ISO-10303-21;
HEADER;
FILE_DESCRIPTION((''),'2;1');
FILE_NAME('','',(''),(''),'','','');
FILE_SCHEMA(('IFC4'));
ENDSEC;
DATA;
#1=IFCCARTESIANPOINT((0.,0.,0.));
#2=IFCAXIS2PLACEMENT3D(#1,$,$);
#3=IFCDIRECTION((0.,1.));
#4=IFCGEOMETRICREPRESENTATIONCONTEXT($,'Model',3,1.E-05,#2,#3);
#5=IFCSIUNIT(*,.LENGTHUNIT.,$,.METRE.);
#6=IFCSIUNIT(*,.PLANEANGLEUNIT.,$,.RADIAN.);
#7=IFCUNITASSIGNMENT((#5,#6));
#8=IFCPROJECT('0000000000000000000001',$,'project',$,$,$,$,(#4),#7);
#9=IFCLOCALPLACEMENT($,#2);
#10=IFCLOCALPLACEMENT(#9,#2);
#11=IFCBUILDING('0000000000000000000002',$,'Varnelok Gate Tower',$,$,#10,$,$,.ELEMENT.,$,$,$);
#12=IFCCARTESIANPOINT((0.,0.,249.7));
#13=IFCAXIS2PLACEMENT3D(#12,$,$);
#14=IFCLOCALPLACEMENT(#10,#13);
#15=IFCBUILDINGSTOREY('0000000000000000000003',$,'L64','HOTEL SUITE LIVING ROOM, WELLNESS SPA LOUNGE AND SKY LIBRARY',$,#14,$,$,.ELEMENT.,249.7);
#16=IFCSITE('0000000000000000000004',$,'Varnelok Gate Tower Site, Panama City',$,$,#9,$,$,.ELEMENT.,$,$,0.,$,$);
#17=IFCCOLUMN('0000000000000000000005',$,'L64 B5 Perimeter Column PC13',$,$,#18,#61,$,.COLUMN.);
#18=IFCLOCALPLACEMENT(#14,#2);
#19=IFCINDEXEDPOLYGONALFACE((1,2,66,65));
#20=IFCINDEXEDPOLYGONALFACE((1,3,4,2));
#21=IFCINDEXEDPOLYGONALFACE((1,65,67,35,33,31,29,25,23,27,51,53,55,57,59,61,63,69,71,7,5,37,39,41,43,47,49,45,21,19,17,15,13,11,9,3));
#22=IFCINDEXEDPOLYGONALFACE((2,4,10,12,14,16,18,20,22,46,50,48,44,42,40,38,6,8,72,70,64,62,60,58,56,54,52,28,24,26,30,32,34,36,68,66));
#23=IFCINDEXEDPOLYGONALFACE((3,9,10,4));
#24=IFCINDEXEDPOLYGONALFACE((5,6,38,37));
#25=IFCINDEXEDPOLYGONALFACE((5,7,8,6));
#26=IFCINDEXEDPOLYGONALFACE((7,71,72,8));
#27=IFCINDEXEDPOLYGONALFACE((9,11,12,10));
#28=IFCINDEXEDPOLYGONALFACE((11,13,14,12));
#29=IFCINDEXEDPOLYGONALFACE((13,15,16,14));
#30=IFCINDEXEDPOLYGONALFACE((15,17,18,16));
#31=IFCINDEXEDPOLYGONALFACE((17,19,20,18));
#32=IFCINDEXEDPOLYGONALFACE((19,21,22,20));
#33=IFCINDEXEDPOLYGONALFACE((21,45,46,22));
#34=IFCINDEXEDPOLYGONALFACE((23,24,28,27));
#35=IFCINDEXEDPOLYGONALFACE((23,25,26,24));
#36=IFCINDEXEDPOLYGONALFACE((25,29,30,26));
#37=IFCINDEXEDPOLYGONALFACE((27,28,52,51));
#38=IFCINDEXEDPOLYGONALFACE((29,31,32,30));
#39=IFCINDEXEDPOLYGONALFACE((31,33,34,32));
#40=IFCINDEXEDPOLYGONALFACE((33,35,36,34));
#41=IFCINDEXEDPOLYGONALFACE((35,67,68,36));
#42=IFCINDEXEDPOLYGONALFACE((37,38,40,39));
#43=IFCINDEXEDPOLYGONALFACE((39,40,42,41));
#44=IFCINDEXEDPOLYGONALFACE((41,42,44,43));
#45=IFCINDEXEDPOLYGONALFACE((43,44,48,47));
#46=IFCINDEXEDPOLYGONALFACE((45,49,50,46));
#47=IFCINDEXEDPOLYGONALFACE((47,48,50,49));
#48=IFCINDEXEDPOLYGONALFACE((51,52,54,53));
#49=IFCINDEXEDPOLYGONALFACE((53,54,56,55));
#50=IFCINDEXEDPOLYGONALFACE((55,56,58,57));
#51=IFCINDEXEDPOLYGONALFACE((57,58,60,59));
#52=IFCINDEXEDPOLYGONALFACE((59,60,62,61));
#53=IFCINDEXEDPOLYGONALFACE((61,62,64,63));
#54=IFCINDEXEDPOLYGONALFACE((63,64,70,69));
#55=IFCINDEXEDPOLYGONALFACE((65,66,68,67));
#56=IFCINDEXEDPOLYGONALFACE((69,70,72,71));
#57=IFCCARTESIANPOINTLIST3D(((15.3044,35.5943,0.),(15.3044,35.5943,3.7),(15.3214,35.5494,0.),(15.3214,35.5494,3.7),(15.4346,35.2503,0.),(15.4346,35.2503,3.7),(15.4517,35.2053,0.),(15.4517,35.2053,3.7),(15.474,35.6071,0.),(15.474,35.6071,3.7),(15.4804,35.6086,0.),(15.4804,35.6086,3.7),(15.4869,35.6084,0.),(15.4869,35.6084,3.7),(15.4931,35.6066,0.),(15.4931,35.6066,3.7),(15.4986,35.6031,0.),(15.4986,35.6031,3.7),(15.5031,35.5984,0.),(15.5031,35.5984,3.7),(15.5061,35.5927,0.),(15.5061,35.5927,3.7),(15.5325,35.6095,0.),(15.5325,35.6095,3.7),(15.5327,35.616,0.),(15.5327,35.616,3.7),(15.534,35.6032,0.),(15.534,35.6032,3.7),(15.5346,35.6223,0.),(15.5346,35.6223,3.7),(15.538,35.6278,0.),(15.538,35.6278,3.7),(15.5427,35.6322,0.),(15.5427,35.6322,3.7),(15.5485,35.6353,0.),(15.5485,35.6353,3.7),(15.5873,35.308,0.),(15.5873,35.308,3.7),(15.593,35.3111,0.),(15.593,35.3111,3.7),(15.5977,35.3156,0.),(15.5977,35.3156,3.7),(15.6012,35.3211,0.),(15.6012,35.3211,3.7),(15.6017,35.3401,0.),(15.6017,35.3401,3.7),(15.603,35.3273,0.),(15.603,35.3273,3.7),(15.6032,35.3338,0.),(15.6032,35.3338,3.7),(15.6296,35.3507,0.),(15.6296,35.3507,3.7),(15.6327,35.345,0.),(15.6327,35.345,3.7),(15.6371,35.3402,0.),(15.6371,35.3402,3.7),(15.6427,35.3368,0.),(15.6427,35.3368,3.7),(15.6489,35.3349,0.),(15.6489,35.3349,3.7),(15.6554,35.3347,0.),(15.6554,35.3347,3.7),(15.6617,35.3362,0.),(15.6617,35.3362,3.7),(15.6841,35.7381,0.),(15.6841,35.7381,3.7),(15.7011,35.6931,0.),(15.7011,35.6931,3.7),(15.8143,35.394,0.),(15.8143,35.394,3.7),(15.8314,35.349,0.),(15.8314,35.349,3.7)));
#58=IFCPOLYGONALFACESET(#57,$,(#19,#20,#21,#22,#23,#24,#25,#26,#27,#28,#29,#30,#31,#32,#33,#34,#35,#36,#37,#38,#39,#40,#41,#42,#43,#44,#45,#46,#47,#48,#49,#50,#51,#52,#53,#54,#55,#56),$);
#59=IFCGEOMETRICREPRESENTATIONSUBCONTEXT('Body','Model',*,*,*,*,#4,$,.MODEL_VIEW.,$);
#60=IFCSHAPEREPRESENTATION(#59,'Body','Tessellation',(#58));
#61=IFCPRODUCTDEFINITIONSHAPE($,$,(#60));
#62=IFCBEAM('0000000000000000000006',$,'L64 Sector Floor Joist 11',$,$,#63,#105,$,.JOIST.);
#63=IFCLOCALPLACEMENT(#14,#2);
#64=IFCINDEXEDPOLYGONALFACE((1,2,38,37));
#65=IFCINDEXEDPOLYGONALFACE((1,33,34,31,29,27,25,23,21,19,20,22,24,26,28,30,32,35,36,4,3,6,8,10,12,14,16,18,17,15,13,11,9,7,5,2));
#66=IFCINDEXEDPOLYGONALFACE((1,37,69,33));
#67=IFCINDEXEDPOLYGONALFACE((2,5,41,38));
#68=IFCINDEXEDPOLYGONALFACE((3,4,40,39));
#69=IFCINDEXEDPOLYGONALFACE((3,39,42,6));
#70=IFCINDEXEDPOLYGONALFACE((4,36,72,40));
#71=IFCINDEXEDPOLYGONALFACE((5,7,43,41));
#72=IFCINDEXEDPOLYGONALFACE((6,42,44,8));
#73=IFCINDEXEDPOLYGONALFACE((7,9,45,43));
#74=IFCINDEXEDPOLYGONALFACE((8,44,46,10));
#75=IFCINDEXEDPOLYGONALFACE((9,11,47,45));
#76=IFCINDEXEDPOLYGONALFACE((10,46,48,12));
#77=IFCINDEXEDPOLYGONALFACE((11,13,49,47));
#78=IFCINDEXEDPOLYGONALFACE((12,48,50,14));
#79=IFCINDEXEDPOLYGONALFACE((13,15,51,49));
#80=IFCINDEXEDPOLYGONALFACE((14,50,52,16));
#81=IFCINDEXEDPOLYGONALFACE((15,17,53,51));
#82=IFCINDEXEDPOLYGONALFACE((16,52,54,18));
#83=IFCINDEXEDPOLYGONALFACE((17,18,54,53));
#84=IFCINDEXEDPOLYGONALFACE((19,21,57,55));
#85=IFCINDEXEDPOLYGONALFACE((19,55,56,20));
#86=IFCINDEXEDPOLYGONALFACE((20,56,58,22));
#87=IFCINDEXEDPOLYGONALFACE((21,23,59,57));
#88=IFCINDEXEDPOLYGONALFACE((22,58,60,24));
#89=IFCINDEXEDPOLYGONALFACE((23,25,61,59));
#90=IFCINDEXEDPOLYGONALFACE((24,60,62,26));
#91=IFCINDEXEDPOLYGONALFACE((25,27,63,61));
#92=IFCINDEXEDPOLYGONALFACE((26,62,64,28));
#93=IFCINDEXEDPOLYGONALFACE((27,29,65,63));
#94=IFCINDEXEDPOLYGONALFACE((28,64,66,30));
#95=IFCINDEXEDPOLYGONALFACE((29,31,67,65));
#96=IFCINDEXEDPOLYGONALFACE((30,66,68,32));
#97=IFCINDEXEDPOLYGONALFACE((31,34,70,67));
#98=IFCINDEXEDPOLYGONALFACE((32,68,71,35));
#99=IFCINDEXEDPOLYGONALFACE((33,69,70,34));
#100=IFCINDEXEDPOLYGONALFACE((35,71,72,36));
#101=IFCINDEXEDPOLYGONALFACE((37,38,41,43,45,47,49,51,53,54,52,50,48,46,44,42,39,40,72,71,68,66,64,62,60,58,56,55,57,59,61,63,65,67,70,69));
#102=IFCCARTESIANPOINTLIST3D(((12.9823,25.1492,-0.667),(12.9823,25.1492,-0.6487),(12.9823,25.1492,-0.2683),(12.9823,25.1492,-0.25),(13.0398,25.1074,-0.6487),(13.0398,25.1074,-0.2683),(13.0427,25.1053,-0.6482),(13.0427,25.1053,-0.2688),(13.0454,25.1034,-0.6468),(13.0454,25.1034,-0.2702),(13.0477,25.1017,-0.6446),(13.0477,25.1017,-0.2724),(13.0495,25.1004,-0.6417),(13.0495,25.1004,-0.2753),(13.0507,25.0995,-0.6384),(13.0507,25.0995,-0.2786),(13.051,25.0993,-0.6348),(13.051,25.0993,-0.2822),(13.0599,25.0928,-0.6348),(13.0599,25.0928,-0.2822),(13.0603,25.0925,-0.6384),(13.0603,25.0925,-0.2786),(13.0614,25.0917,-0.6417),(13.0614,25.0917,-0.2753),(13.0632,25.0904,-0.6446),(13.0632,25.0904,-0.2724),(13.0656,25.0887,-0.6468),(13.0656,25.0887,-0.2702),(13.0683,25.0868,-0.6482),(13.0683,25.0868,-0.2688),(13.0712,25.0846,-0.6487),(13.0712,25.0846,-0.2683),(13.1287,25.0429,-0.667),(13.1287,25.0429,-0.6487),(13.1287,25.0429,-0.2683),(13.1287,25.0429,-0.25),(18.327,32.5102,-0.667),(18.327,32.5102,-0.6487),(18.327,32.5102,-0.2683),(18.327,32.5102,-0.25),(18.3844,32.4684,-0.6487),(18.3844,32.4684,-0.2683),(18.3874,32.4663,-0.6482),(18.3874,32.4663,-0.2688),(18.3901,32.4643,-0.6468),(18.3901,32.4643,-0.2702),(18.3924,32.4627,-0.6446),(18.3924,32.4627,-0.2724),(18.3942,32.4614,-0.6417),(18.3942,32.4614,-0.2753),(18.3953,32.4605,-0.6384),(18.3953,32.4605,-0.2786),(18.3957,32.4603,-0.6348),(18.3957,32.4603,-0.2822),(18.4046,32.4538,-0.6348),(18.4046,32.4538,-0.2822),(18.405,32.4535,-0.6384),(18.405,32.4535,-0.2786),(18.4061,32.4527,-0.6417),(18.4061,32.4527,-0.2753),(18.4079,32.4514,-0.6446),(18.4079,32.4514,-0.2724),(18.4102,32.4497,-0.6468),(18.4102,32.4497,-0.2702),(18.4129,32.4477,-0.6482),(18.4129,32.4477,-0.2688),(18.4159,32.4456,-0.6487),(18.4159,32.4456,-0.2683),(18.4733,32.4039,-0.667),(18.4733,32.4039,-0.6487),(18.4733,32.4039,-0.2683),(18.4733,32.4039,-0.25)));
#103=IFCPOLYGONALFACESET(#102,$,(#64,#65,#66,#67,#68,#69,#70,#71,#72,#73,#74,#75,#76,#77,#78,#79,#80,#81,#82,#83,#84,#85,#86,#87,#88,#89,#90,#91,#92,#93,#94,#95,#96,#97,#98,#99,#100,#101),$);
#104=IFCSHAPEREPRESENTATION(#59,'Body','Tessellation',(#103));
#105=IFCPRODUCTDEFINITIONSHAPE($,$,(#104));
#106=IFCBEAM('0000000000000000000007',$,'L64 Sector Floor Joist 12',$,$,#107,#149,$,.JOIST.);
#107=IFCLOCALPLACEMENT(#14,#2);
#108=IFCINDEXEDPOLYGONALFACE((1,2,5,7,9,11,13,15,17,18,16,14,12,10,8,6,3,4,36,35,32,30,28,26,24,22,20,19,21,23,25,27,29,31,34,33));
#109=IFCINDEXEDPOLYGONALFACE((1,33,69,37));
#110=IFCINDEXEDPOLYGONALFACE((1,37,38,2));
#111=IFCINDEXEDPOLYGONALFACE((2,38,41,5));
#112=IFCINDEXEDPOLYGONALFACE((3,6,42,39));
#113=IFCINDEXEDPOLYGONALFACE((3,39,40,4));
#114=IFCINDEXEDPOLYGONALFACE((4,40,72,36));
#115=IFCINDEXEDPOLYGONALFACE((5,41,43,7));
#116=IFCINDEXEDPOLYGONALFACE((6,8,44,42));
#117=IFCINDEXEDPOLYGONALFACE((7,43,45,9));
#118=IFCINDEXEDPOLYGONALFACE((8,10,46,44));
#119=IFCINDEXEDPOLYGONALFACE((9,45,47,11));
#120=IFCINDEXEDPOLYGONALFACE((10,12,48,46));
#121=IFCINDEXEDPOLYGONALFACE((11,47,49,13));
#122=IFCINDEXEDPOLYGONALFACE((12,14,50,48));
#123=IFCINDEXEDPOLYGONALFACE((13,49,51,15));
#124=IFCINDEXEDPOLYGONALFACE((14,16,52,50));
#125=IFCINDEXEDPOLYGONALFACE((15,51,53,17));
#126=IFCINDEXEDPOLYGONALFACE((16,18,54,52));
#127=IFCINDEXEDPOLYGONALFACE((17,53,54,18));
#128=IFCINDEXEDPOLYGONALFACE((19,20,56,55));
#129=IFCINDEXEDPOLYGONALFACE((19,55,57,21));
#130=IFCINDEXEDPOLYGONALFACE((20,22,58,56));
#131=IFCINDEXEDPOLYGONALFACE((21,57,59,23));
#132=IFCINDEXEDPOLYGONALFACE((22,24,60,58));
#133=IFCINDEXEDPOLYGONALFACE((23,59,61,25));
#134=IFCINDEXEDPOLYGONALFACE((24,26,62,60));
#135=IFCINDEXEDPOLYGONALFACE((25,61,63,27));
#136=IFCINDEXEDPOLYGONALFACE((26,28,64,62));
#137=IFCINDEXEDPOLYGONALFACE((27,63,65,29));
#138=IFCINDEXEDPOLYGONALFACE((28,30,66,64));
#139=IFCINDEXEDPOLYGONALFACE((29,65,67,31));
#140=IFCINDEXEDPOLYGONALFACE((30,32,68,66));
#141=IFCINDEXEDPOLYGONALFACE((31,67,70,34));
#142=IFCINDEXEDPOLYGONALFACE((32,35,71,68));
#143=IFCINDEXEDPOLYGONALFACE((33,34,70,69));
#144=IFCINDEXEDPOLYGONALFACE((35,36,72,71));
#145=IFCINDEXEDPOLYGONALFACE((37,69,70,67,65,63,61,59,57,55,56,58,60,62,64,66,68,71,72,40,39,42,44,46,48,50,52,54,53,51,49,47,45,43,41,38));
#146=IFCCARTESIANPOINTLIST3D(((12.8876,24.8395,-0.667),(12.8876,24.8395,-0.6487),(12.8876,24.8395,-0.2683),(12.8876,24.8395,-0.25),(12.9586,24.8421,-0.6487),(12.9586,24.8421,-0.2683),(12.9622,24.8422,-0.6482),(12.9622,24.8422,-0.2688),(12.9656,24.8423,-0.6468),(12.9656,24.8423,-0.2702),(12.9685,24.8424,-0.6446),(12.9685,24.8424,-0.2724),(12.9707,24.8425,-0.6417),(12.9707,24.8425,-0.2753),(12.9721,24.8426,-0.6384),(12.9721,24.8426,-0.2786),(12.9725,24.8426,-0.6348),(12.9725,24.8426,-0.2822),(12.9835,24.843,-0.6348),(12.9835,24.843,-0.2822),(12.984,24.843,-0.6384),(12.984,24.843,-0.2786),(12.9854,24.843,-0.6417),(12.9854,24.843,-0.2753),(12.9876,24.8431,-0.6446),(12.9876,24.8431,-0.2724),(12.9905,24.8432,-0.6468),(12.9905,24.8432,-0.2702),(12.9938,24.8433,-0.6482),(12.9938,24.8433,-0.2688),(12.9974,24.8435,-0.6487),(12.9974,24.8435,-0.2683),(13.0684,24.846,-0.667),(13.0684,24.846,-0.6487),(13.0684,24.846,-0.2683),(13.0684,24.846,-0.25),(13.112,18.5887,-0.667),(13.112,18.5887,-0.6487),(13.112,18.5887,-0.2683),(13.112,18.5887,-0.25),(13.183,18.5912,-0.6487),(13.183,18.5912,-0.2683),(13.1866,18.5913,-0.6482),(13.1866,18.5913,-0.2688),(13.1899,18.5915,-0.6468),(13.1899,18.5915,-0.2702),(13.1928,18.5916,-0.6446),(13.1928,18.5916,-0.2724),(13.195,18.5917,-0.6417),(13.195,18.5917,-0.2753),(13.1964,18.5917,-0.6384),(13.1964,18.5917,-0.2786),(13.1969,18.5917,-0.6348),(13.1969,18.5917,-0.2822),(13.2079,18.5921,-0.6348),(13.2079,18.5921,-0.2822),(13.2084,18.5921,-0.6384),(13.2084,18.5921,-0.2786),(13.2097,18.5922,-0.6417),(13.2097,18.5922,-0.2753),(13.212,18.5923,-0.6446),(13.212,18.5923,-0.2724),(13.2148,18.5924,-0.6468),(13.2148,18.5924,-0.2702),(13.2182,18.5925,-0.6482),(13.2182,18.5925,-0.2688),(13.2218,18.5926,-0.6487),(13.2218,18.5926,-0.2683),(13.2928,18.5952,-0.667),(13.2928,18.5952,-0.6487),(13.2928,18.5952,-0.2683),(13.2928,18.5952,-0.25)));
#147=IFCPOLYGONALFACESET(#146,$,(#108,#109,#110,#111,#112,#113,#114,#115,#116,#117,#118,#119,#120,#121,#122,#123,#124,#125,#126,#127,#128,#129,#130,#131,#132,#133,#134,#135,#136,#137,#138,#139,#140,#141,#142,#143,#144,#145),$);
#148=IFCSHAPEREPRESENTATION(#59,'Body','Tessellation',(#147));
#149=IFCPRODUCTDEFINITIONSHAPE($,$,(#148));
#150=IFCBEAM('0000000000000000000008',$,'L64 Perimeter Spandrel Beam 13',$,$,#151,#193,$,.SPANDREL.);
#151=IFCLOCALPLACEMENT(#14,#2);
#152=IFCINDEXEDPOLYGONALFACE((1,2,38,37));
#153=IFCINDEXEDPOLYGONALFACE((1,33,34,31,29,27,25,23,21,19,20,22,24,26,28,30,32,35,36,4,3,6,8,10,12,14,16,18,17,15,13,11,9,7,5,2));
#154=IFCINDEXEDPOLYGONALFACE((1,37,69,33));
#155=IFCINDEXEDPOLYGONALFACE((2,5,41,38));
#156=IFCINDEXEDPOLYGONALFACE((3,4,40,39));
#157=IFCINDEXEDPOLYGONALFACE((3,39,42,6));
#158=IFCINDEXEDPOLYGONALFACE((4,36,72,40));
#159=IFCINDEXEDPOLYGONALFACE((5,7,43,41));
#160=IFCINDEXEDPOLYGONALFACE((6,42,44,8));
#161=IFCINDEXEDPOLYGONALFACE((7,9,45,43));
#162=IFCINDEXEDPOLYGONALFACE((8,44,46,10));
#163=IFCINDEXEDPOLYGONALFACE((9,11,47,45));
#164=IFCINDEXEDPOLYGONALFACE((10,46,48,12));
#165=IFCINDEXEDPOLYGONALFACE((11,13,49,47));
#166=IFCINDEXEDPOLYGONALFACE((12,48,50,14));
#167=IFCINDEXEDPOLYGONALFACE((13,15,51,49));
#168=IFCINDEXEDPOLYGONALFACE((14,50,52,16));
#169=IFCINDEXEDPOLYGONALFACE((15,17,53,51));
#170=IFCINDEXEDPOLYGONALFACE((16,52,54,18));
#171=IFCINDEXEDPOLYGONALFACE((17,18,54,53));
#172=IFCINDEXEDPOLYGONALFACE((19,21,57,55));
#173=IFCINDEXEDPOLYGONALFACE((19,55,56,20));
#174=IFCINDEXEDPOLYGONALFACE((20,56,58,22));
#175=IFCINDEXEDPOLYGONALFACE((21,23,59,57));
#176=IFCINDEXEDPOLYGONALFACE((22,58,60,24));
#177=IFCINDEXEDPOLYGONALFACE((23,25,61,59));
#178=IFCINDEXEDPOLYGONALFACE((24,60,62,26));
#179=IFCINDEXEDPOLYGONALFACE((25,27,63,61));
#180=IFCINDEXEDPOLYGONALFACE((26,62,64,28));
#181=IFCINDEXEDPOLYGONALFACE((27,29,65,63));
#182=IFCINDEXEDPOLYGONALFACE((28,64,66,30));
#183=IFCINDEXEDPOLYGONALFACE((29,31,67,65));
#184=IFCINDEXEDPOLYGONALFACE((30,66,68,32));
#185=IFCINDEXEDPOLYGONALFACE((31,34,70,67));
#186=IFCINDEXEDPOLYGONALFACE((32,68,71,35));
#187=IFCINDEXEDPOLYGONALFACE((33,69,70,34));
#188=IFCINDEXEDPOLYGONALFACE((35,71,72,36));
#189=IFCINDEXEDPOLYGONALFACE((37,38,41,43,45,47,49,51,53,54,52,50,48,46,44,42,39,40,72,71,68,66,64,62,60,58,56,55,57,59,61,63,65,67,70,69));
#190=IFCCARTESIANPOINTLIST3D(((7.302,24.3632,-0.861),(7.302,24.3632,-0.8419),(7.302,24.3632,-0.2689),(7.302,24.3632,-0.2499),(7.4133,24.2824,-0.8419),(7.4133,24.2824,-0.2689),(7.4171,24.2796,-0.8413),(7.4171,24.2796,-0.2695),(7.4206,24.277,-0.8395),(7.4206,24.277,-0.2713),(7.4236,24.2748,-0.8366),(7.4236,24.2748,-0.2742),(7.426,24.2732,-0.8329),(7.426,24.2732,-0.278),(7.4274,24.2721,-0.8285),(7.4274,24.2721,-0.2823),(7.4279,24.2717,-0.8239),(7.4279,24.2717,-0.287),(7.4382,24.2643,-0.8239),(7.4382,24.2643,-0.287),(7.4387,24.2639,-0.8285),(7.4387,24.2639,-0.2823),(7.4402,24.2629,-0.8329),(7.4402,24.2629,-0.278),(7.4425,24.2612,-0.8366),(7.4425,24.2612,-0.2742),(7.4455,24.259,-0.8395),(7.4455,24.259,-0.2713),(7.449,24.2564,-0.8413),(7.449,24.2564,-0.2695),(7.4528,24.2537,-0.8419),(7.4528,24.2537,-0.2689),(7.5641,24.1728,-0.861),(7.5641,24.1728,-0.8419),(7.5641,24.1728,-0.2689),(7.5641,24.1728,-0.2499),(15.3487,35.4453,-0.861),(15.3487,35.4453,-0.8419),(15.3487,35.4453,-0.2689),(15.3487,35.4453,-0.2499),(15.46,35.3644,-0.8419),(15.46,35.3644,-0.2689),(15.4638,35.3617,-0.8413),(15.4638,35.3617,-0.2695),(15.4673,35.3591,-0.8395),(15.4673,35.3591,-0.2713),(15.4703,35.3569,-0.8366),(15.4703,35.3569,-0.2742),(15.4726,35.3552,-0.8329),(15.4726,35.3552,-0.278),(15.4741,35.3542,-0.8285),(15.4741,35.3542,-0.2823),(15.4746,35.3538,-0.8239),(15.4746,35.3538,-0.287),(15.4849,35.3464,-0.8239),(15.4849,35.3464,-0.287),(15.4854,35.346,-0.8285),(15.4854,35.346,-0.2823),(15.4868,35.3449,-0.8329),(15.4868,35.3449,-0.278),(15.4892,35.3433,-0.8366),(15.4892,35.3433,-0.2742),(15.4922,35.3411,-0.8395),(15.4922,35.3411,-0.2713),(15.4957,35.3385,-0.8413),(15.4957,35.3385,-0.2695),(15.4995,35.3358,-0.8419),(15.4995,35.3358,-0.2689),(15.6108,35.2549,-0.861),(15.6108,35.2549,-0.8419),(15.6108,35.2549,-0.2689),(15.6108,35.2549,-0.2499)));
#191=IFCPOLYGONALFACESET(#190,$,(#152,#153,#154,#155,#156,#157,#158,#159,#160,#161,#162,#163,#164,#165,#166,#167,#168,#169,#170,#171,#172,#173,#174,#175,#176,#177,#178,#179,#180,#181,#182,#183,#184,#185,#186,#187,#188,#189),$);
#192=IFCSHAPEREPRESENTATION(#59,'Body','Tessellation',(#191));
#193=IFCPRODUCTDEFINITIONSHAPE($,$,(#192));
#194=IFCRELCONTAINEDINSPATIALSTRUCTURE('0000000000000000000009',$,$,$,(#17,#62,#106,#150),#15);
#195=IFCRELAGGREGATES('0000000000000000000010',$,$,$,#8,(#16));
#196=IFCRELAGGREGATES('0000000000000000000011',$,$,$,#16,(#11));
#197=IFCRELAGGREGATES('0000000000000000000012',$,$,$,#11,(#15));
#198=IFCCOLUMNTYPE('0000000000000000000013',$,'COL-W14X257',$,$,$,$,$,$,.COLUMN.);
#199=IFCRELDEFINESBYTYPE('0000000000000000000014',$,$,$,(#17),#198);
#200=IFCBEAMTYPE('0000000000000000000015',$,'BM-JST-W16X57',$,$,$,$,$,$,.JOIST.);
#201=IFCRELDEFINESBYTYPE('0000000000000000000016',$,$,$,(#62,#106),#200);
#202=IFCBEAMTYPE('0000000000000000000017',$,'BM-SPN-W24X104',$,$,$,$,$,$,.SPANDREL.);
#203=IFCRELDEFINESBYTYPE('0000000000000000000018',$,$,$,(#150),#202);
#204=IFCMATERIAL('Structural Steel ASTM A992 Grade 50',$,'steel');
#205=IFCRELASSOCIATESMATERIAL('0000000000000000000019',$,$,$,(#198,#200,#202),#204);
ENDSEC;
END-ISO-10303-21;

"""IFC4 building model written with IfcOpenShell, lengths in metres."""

from ifc_helpers import new_model, si_unit, direction, frame, origin, origin_2d, place, context, subcontext, project, spatial, i_section, extrude, material, material_profile, profile_set, type_object, element, save


model = new_model("IFC4")

# Units and contexts
model_context = context("Model", 3, precision=1e-05, world=origin(), true_north=direction((0.0, 1.0)))
body_context = subcontext(model_context, "Body", "Model", "MODEL_VIEW")
ifc_project = project(units=[si_unit("LENGTHUNIT", "METRE"), si_unit("PLANEANGLEUNIT", "RADIAN")], contexts=[model_context])

# Site, building, storey
site_placement = place(None, origin())
site = spatial("IfcSite", under=ifc_project, at=site_placement, Name="Varnelok Gate Tower Site, Panama City", CompositionType="ELEMENT", RefElevation=0.0)
building_placement = place(site_placement, origin())
building = spatial("IfcBuilding", under=site, at=building_placement, Name="Varnelok Gate Tower", CompositionType="ELEMENT")
storey_placement = place(building_placement, frame((0.0, 0.0, 249.7)))
storey = spatial("IfcBuildingStorey", under=building, at=storey_placement, Name="L64", Description="HOTEL SUITE LIVING ROOM, WELLNESS SPA LOUNGE AND SKY LIBRARY", CompositionType="ELEMENT", Elevation=249.7)

# Column
ifc_material_1 = material(Name="Structural Steel ASTM A992 Grade 50", Category="steel")
ifc_material_profile_1 = material_profile(ifc_material_1, i_section(OverallWidth=0.406, OverallDepth=0.416, WebThickness=0.0298, FlangeThickness=0.0481, FilletRadius=0.0249, at=origin_2d()), Name="W14X257")
ifc_profile_set_1 = profile_set([ifc_material_profile_1], Name="Structural Steel ASTM A992 Grade 50")
column_type = type_object("IfcColumnType", Name="COL-W14X257", PredefinedType="COLUMN", material=ifc_profile_set_1)
column_placement = place(storey_placement, frame((15.5679, 35.4717, 0.0), z_axis=(0.0, 0.0, 1.0), x_axis=(0.935222, 0.354063, 0.0)))
element("IfcColumn", 1, at=column_placement, inside=storey, type_object=column_type, Name="L64 B5 Perimeter Column PC13", PredefinedType="COLUMN", context=body_context, shape_type="SweptSolid", body=[
    extrude(i_section(OverallWidth=0.406, OverallDepth=0.416, WebThickness=0.0298, FlangeThickness=0.0481, FilletRadius=0.0249, at=origin_2d()), origin(), (0.0, 0.0, 1.0), 3.7),
])

# Beams
ifc_material_profile_2 = material_profile(ifc_material_1, i_section(OverallWidth=0.1809, OverallDepth=0.417, WebThickness=0.011, FlangeThickness=0.0183, FilletRadius=0.0139, at=origin_2d()), Name="W16X57")
ifc_profile_set_2 = profile_set([ifc_material_profile_2], Name="Structural Steel ASTM A992 Grade 50")
beam_type_1 = type_object("IfcBeamType", Name="BM-JST-W16X57", PredefinedType="JOIST", material=ifc_profile_set_2)
beam_1_placement = place(storey_placement, frame((18.4001, 32.457, -0.4585), z_axis=(-0.58754, -0.809195, 0.0), x_axis=(0.809195, -0.58754, 0.0)))
element("IfcBeam", 2, at=beam_1_placement, inside=storey, type_object=beam_type_1, Name="L64 Sector Floor Joist 11", PredefinedType="JOIST", context=body_context, shape_type="SweptSolid", body=[
    extrude(i_section(OverallWidth=0.1809, OverallDepth=0.417, WebThickness=0.011, FlangeThickness=0.0183, FilletRadius=0.0139, at=origin_2d()), origin(), (0.0, 0.0, 1.0), 9.0967),
])
beam_2_placement = place(storey_placement, frame((12.978, 24.8428, -0.4585), z_axis=(0.03587, -0.999356, 0.0), x_axis=(0.999356, 0.03587, 0.0)))
element("IfcBeam", 3, at=beam_2_placement, inside=storey, type_object=beam_type_1, Name="L64 Sector Floor Joist 12", PredefinedType="JOIST", context=body_context, shape_type="SweptSolid", body=[
    extrude(i_section(OverallWidth=0.1809, OverallDepth=0.417, WebThickness=0.011, FlangeThickness=0.0183, FilletRadius=0.0139, at=origin_2d()), origin(), (0.0, 0.0, 1.0), 6.2549),
])
ifc_material_profile_3 = material_profile(ifc_material_1, i_section(OverallWidth=0.324, OverallDepth=0.6111, WebThickness=0.0127, FlangeThickness=0.019, FilletRadius=0.0181, at=origin_2d()), Name="W24X104")
ifc_profile_set_3 = profile_set([ifc_material_profile_3], Name="Structural Steel ASTM A992 Grade 50")
beam_type_2 = type_object("IfcBeamType", Name="BM-SPN-W24X104", PredefinedType="SPANDREL", material=ifc_profile_set_3)
beam_3_placement = place(storey_placement, frame((15.4797, 35.3501, -0.5554), z_axis=(-0.587549, -0.809188, 0.0), x_axis=(0.809188, -0.587549, 0.0)))
element("IfcBeam", 4, at=beam_3_placement, inside=storey, type_object=beam_type_2, Name="L64 Perimeter Spandrel Beam 13", PredefinedType="SPANDREL", context=body_context, shape_type="SweptSolid", body=[
    extrude(i_section(OverallWidth=0.324, OverallDepth=0.6111, WebThickness=0.0127, FlangeThickness=0.019, FilletRadius=0.0181, at=origin_2d()), origin(), (0.0, 0.0, 1.0), 13.6953),
])

save(model, "model.ifc")
